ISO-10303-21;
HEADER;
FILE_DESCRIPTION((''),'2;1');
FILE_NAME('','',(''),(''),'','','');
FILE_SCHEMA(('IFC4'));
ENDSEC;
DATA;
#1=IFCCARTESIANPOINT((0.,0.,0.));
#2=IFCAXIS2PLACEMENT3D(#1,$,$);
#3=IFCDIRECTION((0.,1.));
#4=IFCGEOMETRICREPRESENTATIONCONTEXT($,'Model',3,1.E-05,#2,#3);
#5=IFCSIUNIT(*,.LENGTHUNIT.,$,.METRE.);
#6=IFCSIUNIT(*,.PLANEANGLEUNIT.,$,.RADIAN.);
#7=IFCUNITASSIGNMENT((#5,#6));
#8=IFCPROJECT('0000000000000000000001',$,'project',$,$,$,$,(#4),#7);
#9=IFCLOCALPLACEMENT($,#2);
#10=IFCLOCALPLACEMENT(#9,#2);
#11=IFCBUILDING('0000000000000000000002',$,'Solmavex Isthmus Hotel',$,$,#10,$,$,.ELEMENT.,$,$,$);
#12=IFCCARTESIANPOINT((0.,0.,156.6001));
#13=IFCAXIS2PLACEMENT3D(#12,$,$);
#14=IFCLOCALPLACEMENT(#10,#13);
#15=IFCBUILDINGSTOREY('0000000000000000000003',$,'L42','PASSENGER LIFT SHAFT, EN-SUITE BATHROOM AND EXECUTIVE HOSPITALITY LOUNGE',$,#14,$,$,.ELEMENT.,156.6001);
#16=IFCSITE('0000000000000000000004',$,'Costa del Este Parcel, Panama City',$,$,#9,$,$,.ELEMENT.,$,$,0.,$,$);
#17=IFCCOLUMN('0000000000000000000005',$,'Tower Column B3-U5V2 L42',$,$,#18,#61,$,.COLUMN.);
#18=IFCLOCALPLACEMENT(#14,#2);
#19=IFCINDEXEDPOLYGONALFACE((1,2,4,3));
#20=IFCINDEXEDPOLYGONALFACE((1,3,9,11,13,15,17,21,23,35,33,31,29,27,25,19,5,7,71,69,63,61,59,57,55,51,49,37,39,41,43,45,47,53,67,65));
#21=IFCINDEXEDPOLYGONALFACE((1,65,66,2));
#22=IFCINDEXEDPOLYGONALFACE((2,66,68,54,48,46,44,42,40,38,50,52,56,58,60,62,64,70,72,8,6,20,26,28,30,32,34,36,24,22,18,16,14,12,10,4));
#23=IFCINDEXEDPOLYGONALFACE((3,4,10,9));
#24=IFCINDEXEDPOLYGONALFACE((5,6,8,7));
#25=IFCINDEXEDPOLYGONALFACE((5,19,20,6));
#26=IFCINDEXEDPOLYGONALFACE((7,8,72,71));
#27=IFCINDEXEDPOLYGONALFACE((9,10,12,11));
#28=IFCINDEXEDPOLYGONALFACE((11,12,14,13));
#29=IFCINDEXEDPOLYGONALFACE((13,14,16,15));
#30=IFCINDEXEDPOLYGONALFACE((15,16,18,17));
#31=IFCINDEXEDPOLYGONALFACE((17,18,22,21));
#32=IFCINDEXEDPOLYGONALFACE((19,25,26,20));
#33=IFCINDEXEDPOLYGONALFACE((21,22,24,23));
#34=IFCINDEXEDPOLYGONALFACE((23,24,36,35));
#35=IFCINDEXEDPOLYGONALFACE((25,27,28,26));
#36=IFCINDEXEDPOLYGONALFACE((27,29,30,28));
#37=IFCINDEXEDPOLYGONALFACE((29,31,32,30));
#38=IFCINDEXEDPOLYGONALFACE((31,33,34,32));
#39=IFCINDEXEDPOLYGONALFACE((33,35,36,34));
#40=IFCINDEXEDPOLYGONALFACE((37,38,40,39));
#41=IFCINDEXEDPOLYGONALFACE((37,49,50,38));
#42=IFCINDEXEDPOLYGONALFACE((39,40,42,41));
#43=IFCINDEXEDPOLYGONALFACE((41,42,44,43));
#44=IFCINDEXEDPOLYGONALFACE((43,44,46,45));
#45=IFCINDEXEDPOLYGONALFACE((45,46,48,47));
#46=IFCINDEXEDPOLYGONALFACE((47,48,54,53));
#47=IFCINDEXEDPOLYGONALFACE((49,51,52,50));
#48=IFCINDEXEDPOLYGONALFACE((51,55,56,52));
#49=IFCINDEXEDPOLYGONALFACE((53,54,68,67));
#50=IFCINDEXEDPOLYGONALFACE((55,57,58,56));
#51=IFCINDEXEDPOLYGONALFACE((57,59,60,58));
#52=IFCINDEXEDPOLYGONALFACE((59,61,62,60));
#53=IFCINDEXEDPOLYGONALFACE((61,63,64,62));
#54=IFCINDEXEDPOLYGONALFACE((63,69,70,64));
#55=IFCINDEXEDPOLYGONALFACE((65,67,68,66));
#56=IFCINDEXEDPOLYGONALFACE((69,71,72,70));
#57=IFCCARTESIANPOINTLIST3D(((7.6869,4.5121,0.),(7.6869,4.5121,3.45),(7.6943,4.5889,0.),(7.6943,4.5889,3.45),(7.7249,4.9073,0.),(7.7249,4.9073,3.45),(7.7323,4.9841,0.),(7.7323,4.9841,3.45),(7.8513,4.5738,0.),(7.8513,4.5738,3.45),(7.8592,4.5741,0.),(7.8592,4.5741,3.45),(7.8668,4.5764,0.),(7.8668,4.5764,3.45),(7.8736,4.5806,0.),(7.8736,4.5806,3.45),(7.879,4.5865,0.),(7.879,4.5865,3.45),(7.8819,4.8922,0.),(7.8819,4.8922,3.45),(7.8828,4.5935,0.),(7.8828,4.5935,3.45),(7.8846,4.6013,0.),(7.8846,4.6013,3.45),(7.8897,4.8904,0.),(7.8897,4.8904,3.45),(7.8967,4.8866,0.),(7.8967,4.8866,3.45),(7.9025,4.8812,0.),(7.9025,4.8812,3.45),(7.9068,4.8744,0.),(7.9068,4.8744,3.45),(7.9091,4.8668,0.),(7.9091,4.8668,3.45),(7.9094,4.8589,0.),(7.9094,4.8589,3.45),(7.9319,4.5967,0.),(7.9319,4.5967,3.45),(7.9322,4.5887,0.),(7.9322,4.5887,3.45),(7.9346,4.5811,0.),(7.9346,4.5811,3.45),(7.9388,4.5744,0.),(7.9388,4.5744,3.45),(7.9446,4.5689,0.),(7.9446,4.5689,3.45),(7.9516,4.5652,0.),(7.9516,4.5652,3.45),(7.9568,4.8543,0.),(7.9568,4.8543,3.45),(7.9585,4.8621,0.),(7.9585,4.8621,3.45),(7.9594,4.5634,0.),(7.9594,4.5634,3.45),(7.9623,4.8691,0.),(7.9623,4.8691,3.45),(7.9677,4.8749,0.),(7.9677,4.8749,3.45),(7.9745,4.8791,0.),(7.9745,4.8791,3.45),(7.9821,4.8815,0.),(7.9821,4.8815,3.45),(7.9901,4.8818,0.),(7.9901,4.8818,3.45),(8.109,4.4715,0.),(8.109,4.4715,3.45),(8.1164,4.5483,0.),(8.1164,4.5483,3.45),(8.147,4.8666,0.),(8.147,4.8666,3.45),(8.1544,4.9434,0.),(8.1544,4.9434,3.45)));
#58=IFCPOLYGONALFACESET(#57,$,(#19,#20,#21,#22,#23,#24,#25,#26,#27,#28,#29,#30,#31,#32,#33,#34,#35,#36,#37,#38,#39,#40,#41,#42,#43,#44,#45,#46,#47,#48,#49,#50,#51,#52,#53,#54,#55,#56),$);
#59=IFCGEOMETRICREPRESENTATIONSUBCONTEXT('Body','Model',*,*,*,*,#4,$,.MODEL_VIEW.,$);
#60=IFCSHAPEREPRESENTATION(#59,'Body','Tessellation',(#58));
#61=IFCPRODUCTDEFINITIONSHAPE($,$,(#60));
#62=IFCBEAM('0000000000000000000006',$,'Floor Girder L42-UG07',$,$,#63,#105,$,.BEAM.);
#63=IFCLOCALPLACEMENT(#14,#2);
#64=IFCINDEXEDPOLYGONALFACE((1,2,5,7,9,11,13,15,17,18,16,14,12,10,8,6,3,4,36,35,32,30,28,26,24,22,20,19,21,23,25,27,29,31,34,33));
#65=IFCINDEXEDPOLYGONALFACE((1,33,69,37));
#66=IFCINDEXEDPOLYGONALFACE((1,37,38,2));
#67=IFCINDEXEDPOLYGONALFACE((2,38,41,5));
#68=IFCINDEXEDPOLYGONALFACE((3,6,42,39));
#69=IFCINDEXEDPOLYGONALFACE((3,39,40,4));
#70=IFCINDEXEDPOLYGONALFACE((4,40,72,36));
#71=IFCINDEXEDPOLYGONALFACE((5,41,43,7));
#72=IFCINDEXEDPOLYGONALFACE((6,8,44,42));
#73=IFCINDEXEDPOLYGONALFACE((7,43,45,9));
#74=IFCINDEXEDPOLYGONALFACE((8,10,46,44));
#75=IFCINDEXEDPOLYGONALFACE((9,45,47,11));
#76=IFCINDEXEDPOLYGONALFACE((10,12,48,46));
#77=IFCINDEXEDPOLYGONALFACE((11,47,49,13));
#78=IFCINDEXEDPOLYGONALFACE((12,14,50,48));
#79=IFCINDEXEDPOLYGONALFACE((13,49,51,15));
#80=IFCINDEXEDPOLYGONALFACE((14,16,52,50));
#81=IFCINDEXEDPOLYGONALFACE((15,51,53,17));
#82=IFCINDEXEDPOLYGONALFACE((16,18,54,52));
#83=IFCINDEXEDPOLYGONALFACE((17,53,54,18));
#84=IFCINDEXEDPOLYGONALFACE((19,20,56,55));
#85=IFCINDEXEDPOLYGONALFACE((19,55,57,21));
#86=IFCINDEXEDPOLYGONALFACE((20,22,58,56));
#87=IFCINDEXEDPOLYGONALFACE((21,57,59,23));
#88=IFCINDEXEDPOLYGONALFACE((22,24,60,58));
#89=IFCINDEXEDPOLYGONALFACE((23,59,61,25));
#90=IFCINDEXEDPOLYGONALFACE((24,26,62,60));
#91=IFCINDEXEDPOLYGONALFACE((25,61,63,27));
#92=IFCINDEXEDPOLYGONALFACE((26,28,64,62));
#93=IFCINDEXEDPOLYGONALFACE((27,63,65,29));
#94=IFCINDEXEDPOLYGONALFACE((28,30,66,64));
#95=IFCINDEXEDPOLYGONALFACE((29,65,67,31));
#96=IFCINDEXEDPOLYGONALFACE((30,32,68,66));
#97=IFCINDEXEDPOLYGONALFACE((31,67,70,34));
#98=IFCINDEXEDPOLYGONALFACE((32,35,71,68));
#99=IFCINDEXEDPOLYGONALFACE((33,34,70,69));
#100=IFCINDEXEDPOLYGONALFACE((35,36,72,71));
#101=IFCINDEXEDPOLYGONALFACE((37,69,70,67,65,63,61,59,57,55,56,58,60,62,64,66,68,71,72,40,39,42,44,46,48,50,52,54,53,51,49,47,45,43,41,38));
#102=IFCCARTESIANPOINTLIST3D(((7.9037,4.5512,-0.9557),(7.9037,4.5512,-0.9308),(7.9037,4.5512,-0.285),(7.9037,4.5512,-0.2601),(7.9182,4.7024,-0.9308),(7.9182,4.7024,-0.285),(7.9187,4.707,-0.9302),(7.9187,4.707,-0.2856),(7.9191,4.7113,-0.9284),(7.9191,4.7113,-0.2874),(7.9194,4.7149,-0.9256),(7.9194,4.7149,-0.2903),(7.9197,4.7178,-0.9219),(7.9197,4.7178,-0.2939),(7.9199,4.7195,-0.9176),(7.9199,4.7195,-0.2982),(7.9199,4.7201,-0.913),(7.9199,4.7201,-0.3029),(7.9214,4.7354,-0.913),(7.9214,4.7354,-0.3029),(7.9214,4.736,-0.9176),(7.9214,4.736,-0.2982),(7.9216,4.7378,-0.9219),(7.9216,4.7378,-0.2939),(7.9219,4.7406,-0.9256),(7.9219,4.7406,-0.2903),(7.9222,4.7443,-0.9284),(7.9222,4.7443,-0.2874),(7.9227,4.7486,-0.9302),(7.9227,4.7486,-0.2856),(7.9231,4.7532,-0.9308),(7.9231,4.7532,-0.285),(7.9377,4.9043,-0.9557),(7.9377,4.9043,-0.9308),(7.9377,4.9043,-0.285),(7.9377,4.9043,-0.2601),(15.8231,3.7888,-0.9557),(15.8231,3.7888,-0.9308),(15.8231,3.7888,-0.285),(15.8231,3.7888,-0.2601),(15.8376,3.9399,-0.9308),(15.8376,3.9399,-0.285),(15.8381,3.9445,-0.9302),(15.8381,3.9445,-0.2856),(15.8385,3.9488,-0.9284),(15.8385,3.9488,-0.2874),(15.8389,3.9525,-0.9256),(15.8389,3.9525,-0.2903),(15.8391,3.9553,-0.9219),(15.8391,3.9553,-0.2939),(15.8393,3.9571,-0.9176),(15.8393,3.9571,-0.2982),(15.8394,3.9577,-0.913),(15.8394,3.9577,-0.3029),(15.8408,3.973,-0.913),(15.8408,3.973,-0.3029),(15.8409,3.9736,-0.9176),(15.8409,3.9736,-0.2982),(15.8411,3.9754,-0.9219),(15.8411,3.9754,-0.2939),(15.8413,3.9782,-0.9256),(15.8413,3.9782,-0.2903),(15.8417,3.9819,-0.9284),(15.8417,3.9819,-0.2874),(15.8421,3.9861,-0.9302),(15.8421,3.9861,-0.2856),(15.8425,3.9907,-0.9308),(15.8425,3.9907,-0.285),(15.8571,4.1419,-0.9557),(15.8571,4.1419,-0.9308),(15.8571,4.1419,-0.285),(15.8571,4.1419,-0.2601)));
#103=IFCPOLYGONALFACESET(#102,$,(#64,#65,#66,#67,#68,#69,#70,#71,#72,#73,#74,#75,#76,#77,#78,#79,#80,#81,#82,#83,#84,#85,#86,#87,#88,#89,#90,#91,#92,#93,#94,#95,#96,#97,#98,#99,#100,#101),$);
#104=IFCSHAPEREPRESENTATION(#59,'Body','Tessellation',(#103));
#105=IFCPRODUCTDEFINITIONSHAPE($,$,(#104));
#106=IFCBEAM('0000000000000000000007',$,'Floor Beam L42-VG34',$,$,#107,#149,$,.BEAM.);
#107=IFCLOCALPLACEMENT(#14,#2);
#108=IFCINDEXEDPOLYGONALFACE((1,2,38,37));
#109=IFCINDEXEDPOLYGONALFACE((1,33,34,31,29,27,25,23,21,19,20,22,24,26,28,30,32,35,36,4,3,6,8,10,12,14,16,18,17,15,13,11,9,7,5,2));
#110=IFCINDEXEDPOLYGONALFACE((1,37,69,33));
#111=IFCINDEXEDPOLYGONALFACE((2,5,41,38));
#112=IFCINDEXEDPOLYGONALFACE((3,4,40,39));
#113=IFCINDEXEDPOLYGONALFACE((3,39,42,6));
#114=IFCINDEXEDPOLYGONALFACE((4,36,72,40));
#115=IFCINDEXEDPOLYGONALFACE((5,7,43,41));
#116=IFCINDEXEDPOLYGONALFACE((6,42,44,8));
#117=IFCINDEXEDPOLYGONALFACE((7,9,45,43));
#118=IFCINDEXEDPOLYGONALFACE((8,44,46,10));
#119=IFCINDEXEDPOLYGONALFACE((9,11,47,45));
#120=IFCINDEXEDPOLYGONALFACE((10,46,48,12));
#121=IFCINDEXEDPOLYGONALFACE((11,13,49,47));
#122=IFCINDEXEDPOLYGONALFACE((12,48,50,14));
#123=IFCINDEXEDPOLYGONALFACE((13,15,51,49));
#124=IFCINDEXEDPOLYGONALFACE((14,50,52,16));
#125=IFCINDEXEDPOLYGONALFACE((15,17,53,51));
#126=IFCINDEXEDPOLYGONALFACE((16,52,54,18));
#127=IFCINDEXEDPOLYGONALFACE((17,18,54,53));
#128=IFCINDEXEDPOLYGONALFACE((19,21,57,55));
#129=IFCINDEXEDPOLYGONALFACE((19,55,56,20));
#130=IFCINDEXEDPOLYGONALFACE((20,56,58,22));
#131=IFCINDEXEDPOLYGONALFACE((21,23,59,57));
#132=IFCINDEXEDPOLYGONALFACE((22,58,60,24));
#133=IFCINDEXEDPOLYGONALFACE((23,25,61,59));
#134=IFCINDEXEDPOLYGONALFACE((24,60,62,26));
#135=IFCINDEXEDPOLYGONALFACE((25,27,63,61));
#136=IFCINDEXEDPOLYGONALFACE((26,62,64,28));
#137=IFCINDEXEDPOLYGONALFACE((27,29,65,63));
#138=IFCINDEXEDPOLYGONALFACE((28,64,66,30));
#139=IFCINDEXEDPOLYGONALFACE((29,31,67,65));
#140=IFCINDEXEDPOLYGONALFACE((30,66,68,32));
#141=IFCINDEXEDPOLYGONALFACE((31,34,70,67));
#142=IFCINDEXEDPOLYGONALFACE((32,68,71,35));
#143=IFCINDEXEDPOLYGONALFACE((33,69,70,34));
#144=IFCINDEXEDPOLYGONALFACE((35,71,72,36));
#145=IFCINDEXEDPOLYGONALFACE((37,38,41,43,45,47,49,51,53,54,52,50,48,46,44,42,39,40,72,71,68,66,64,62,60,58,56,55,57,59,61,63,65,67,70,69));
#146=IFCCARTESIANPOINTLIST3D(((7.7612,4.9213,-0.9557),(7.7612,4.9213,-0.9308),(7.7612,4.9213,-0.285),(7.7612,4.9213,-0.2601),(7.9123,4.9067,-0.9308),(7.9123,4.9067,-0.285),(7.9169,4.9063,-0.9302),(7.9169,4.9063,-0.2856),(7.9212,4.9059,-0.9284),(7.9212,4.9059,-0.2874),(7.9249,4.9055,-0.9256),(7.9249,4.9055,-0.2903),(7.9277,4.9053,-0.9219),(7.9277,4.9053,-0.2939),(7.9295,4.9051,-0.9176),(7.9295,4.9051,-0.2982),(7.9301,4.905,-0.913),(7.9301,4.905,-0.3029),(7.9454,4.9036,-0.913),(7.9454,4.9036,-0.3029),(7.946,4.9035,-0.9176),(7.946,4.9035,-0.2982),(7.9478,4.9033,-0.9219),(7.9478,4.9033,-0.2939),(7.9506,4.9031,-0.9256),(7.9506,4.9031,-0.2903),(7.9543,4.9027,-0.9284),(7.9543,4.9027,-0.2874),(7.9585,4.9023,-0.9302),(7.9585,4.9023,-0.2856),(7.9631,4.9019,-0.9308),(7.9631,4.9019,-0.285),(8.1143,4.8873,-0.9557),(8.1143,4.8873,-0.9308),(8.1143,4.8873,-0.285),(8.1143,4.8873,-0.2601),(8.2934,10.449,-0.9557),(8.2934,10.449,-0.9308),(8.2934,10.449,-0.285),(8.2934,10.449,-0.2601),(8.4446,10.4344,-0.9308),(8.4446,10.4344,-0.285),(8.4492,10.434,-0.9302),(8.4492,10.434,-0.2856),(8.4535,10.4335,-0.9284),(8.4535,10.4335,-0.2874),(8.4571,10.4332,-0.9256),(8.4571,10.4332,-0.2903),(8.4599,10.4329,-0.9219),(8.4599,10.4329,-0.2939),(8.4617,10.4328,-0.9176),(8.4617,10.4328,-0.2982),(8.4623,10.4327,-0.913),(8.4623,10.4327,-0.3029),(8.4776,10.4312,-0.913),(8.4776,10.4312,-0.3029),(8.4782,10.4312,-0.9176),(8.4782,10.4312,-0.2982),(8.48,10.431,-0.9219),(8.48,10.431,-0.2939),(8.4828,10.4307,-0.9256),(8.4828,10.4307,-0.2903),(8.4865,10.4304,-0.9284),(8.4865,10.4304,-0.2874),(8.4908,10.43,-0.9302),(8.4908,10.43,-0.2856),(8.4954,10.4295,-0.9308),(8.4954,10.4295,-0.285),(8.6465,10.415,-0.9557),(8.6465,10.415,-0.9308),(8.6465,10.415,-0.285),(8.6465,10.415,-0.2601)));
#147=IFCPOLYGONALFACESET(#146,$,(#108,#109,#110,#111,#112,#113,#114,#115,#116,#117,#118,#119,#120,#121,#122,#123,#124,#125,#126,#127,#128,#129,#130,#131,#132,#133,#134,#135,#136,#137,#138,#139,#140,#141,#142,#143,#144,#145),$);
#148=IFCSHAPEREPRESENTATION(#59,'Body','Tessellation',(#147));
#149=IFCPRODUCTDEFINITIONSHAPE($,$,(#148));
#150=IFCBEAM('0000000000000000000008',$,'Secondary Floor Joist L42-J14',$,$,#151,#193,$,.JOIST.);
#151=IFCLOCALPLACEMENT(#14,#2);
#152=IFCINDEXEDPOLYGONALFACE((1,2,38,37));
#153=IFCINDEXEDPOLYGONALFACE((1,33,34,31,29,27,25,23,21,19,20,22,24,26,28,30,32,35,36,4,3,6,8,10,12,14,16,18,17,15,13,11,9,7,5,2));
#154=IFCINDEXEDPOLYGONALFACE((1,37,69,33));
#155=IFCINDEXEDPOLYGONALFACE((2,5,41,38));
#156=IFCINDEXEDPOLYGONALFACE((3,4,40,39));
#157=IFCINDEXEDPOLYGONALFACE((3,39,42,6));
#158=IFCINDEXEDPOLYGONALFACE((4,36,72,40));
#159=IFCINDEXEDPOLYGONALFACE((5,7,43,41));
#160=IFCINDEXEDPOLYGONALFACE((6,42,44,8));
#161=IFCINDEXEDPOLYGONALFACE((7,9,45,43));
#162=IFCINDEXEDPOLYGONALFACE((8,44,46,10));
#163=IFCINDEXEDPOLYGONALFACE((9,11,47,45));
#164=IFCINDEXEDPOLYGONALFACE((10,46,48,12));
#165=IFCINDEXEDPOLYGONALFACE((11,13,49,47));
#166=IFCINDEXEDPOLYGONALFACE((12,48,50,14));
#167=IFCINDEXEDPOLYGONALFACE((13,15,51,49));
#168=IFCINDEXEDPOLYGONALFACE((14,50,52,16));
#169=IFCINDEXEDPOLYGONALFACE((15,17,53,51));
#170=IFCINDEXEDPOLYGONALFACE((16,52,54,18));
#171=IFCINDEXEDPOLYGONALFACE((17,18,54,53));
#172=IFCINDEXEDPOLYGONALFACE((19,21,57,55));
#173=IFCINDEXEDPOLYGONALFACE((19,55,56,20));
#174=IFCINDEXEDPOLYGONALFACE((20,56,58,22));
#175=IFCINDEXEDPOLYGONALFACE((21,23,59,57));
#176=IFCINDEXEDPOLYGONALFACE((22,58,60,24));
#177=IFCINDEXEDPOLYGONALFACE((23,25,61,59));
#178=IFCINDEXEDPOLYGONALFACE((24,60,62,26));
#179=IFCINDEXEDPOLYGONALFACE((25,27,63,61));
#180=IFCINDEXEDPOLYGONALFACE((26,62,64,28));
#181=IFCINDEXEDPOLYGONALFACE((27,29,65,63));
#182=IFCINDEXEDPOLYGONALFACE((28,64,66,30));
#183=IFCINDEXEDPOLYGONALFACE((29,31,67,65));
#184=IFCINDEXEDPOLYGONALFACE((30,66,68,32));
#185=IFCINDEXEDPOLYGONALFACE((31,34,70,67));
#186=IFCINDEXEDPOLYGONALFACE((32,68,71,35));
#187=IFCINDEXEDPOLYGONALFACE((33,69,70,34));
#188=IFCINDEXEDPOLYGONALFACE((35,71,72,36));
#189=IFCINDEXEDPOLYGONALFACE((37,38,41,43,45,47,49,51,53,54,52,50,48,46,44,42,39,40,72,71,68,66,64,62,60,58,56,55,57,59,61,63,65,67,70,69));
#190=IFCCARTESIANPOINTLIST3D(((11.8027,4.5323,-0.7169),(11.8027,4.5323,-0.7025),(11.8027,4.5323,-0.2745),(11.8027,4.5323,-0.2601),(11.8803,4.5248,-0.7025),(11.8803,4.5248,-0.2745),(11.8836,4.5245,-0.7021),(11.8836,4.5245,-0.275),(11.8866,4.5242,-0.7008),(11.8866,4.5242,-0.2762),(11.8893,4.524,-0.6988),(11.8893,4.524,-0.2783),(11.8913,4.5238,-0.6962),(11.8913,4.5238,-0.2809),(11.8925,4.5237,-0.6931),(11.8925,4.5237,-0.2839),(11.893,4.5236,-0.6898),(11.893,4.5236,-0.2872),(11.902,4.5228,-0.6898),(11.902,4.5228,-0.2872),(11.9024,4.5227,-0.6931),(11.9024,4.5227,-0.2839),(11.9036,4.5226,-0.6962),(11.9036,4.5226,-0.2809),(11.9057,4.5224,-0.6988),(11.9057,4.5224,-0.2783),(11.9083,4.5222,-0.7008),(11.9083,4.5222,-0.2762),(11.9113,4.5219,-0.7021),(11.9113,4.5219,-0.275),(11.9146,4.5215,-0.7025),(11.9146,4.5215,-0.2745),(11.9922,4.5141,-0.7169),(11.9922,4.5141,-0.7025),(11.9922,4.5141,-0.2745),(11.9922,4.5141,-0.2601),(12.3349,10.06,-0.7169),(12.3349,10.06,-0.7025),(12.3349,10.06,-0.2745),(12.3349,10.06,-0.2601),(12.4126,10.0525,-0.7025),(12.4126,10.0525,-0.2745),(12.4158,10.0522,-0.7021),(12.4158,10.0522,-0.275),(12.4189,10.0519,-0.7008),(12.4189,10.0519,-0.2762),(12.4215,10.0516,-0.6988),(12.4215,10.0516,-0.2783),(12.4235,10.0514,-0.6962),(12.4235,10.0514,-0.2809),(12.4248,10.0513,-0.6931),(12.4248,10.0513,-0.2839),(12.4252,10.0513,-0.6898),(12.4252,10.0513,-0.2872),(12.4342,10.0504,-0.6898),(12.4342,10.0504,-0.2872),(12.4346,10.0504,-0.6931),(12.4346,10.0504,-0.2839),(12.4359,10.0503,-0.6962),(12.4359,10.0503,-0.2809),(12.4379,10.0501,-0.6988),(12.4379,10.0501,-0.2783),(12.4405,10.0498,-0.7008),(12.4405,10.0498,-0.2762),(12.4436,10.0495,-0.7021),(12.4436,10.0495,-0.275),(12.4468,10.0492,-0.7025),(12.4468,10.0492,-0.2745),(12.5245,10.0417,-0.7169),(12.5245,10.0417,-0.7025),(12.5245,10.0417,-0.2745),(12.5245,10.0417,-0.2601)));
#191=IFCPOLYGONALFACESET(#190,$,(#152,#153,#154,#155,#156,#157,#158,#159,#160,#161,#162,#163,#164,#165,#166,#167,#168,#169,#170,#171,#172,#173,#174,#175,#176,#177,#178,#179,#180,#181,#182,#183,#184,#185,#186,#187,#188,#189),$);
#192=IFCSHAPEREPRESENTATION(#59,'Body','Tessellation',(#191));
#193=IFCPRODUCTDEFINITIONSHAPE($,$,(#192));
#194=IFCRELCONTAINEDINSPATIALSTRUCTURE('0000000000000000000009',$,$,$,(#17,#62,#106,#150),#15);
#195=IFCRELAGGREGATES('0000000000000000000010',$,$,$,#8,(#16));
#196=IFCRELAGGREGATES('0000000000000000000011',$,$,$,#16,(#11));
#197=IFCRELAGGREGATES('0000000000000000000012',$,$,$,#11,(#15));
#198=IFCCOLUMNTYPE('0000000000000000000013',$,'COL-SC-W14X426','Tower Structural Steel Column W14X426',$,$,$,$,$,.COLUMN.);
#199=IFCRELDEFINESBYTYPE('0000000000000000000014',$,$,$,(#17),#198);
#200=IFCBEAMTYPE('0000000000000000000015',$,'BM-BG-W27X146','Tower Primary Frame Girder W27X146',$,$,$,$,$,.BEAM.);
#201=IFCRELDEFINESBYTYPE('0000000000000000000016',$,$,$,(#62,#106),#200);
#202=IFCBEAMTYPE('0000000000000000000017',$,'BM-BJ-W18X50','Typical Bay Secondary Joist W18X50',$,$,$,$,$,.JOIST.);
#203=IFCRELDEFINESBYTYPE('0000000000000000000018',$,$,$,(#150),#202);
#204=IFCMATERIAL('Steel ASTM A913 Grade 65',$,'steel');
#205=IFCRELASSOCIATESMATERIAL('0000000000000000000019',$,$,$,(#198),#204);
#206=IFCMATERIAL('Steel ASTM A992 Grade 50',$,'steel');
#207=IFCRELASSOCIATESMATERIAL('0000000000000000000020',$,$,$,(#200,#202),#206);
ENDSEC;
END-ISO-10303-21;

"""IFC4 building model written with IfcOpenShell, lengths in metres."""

from ifc_helpers import new_model, si_unit, direction, frame, origin, origin_2d, place, context, subcontext, project, spatial, i_section, extrude, material, material_profile, profile_set, type_object, element, save


model = new_model("IFC4")

# Units and contexts
model_context = context("Model", 3, precision=1e-05, world=origin(), true_north=direction((0.0, 1.0)))
body_context = subcontext(model_context, "Body", "Model", "MODEL_VIEW")
ifc_project = project(units=[si_unit("LENGTHUNIT", "METRE"), si_unit("PLANEANGLEUNIT", "RADIAN")], contexts=[model_context])

# Site, building, storey
site_placement = place(None, origin())
site = spatial("IfcSite", under=ifc_project, at=site_placement, Name="Costa del Este Parcel, Panama City", CompositionType="ELEMENT", RefElevation=0.0)
building_placement = place(site_placement, origin())
building = spatial("IfcBuilding", under=site, at=building_placement, Name="Solmavex Isthmus Hotel", CompositionType="ELEMENT")
storey_placement = place(building_placement, frame((0.0, 0.0, 156.6001)))
storey = spatial("IfcBuildingStorey", under=building, at=storey_placement, Name="L42", Description="PASSENGER LIFT SHAFT, EN-SUITE BATHROOM AND EXECUTIVE HOSPITALITY LOUNGE", CompositionType="ELEMENT", Elevation=156.6001)

# Column
ifc_material_1 = material(Name="Steel ASTM A913 Grade 65", Category="steel")
ifc_material_profile_1 = material_profile(ifc_material_1, i_section(OverallWidth=0.4241, OverallDepth=0.4741, WebThickness=0.0476, FlangeThickness=0.0771, FilletRadius=0.0305, at=origin_2d()), Name="W14X426")
ifc_profile_set_1 = profile_set([ifc_material_profile_1], Name="Steel ASTM A913 Grade 65")
column_type = type_object("IfcColumnType", Name="COL-SC-W14X426", Description="Tower Structural Steel Column W14X426", PredefinedType="COLUMN", material=ifc_profile_set_1)
column_placement = place(storey_placement, frame((7.9207, 4.7278, 0.0), z_axis=(0.0, 0.0, 1.0), x_axis=(0.995396, -0.095846, 0.0)))
element("IfcColumn", 1, at=column_placement, inside=storey, type_object=column_type, Name="Tower Column B3-U5V2 L42", PredefinedType="COLUMN", context=body_context, shape_type="SweptSolid", body=[
    extrude(i_section(OverallWidth=0.4241, OverallDepth=0.4741, WebThickness=0.0476, FlangeThickness=0.0771, FilletRadius=0.0305, at=origin_2d()), origin(), (0.0, 0.0, 1.0), 3.45),
])

# Beams
ifc_material_2 = material(Name="Steel ASTM A992 Grade 50", Category="steel")
ifc_material_profile_2 = material_profile(ifc_material_2, i_section(OverallWidth=0.3547, OverallDepth=0.6956, WebThickness=0.0154, FlangeThickness=0.0249, FilletRadius=0.0178, at=origin_2d()), Name="W27X146")
ifc_profile_set_2 = profile_set([ifc_material_profile_2], Name="Steel ASTM A992 Grade 50")
beam_type_1 = type_object("IfcBeamType", Name="BM-BG-W27X146", Description="Tower Primary Frame Girder W27X146", PredefinedType="BEAM", material=ifc_profile_set_2)
beam_1_placement = place(storey_placement, frame((7.9207, 4.7278, -0.6079), z_axis=(0.995397, -0.095833, 0.0), x_axis=(0.095833, 0.995397, 0.0)))
element("IfcBeam", 2, at=beam_1_placement, inside=storey, type_object=beam_type_1, Name="Floor Girder L42-UG07", PredefinedType="BEAM", context=body_context, shape_type="SweptSolid", body=[
    extrude(i_section(OverallWidth=0.3547, OverallDepth=0.6956, WebThickness=0.0154, FlangeThickness=0.0249, FilletRadius=0.0178, at=origin_2d()), origin(), (0.0, 0.0, 1.0), 7.9561),
])
beam_2_placement = place(storey_placement, frame((7.9377, 4.9043, -0.6079), z_axis=(0.095842, 0.995397, 0.0), x_axis=(-0.995397, 0.095842, 0.0)))
element("IfcBeam", 3, at=beam_2_placement, inside=storey, type_object=beam_type_1, Name="Floor Beam L42-VG34", PredefinedType="BEAM", context=body_context, shape_type="SweptSolid", body=[
    extrude(i_section(OverallWidth=0.3547, OverallDepth=0.6956, WebThickness=0.0154, FlangeThickness=0.0249, FilletRadius=0.0178, at=origin_2d()), origin(), (0.0, 0.0, 1.0), 5.5532),
])
ifc_material_profile_3 = material_profile(ifc_material_2, i_section(OverallWidth=0.1904, OverallDepth=0.4568, WebThickness=0.009, FlangeThickness=0.0144, FilletRadius=0.0127, at=origin_2d()), Name="W18X50")
ifc_profile_set_3 = profile_set([ifc_material_profile_3], Name="Steel ASTM A992 Grade 50")
beam_type_2 = type_object("IfcBeamType", Name="BM-BJ-W18X50", Description="Typical Bay Secondary Joist W18X50", PredefinedType="JOIST", material=ifc_profile_set_3)
beam_3_placement = place(storey_placement, frame((11.8975, 4.5232, -0.4885), z_axis=(0.095842, 0.995397, 0.0), x_axis=(-0.995397, 0.095842, 0.0)))
element("IfcBeam", 4, at=beam_3_placement, inside=storey, type_object=beam_type_2, Name="Secondary Floor Joist L42-J14", PredefinedType="JOIST", context=body_context, shape_type="SweptSolid", body=[
    extrude(i_section(OverallWidth=0.1904, OverallDepth=0.4568, WebThickness=0.009, FlangeThickness=0.0144, FilletRadius=0.0127, at=origin_2d()), origin(), (0.0, 0.0, 1.0), 5.5532),
])

save(model, "model.ifc")
